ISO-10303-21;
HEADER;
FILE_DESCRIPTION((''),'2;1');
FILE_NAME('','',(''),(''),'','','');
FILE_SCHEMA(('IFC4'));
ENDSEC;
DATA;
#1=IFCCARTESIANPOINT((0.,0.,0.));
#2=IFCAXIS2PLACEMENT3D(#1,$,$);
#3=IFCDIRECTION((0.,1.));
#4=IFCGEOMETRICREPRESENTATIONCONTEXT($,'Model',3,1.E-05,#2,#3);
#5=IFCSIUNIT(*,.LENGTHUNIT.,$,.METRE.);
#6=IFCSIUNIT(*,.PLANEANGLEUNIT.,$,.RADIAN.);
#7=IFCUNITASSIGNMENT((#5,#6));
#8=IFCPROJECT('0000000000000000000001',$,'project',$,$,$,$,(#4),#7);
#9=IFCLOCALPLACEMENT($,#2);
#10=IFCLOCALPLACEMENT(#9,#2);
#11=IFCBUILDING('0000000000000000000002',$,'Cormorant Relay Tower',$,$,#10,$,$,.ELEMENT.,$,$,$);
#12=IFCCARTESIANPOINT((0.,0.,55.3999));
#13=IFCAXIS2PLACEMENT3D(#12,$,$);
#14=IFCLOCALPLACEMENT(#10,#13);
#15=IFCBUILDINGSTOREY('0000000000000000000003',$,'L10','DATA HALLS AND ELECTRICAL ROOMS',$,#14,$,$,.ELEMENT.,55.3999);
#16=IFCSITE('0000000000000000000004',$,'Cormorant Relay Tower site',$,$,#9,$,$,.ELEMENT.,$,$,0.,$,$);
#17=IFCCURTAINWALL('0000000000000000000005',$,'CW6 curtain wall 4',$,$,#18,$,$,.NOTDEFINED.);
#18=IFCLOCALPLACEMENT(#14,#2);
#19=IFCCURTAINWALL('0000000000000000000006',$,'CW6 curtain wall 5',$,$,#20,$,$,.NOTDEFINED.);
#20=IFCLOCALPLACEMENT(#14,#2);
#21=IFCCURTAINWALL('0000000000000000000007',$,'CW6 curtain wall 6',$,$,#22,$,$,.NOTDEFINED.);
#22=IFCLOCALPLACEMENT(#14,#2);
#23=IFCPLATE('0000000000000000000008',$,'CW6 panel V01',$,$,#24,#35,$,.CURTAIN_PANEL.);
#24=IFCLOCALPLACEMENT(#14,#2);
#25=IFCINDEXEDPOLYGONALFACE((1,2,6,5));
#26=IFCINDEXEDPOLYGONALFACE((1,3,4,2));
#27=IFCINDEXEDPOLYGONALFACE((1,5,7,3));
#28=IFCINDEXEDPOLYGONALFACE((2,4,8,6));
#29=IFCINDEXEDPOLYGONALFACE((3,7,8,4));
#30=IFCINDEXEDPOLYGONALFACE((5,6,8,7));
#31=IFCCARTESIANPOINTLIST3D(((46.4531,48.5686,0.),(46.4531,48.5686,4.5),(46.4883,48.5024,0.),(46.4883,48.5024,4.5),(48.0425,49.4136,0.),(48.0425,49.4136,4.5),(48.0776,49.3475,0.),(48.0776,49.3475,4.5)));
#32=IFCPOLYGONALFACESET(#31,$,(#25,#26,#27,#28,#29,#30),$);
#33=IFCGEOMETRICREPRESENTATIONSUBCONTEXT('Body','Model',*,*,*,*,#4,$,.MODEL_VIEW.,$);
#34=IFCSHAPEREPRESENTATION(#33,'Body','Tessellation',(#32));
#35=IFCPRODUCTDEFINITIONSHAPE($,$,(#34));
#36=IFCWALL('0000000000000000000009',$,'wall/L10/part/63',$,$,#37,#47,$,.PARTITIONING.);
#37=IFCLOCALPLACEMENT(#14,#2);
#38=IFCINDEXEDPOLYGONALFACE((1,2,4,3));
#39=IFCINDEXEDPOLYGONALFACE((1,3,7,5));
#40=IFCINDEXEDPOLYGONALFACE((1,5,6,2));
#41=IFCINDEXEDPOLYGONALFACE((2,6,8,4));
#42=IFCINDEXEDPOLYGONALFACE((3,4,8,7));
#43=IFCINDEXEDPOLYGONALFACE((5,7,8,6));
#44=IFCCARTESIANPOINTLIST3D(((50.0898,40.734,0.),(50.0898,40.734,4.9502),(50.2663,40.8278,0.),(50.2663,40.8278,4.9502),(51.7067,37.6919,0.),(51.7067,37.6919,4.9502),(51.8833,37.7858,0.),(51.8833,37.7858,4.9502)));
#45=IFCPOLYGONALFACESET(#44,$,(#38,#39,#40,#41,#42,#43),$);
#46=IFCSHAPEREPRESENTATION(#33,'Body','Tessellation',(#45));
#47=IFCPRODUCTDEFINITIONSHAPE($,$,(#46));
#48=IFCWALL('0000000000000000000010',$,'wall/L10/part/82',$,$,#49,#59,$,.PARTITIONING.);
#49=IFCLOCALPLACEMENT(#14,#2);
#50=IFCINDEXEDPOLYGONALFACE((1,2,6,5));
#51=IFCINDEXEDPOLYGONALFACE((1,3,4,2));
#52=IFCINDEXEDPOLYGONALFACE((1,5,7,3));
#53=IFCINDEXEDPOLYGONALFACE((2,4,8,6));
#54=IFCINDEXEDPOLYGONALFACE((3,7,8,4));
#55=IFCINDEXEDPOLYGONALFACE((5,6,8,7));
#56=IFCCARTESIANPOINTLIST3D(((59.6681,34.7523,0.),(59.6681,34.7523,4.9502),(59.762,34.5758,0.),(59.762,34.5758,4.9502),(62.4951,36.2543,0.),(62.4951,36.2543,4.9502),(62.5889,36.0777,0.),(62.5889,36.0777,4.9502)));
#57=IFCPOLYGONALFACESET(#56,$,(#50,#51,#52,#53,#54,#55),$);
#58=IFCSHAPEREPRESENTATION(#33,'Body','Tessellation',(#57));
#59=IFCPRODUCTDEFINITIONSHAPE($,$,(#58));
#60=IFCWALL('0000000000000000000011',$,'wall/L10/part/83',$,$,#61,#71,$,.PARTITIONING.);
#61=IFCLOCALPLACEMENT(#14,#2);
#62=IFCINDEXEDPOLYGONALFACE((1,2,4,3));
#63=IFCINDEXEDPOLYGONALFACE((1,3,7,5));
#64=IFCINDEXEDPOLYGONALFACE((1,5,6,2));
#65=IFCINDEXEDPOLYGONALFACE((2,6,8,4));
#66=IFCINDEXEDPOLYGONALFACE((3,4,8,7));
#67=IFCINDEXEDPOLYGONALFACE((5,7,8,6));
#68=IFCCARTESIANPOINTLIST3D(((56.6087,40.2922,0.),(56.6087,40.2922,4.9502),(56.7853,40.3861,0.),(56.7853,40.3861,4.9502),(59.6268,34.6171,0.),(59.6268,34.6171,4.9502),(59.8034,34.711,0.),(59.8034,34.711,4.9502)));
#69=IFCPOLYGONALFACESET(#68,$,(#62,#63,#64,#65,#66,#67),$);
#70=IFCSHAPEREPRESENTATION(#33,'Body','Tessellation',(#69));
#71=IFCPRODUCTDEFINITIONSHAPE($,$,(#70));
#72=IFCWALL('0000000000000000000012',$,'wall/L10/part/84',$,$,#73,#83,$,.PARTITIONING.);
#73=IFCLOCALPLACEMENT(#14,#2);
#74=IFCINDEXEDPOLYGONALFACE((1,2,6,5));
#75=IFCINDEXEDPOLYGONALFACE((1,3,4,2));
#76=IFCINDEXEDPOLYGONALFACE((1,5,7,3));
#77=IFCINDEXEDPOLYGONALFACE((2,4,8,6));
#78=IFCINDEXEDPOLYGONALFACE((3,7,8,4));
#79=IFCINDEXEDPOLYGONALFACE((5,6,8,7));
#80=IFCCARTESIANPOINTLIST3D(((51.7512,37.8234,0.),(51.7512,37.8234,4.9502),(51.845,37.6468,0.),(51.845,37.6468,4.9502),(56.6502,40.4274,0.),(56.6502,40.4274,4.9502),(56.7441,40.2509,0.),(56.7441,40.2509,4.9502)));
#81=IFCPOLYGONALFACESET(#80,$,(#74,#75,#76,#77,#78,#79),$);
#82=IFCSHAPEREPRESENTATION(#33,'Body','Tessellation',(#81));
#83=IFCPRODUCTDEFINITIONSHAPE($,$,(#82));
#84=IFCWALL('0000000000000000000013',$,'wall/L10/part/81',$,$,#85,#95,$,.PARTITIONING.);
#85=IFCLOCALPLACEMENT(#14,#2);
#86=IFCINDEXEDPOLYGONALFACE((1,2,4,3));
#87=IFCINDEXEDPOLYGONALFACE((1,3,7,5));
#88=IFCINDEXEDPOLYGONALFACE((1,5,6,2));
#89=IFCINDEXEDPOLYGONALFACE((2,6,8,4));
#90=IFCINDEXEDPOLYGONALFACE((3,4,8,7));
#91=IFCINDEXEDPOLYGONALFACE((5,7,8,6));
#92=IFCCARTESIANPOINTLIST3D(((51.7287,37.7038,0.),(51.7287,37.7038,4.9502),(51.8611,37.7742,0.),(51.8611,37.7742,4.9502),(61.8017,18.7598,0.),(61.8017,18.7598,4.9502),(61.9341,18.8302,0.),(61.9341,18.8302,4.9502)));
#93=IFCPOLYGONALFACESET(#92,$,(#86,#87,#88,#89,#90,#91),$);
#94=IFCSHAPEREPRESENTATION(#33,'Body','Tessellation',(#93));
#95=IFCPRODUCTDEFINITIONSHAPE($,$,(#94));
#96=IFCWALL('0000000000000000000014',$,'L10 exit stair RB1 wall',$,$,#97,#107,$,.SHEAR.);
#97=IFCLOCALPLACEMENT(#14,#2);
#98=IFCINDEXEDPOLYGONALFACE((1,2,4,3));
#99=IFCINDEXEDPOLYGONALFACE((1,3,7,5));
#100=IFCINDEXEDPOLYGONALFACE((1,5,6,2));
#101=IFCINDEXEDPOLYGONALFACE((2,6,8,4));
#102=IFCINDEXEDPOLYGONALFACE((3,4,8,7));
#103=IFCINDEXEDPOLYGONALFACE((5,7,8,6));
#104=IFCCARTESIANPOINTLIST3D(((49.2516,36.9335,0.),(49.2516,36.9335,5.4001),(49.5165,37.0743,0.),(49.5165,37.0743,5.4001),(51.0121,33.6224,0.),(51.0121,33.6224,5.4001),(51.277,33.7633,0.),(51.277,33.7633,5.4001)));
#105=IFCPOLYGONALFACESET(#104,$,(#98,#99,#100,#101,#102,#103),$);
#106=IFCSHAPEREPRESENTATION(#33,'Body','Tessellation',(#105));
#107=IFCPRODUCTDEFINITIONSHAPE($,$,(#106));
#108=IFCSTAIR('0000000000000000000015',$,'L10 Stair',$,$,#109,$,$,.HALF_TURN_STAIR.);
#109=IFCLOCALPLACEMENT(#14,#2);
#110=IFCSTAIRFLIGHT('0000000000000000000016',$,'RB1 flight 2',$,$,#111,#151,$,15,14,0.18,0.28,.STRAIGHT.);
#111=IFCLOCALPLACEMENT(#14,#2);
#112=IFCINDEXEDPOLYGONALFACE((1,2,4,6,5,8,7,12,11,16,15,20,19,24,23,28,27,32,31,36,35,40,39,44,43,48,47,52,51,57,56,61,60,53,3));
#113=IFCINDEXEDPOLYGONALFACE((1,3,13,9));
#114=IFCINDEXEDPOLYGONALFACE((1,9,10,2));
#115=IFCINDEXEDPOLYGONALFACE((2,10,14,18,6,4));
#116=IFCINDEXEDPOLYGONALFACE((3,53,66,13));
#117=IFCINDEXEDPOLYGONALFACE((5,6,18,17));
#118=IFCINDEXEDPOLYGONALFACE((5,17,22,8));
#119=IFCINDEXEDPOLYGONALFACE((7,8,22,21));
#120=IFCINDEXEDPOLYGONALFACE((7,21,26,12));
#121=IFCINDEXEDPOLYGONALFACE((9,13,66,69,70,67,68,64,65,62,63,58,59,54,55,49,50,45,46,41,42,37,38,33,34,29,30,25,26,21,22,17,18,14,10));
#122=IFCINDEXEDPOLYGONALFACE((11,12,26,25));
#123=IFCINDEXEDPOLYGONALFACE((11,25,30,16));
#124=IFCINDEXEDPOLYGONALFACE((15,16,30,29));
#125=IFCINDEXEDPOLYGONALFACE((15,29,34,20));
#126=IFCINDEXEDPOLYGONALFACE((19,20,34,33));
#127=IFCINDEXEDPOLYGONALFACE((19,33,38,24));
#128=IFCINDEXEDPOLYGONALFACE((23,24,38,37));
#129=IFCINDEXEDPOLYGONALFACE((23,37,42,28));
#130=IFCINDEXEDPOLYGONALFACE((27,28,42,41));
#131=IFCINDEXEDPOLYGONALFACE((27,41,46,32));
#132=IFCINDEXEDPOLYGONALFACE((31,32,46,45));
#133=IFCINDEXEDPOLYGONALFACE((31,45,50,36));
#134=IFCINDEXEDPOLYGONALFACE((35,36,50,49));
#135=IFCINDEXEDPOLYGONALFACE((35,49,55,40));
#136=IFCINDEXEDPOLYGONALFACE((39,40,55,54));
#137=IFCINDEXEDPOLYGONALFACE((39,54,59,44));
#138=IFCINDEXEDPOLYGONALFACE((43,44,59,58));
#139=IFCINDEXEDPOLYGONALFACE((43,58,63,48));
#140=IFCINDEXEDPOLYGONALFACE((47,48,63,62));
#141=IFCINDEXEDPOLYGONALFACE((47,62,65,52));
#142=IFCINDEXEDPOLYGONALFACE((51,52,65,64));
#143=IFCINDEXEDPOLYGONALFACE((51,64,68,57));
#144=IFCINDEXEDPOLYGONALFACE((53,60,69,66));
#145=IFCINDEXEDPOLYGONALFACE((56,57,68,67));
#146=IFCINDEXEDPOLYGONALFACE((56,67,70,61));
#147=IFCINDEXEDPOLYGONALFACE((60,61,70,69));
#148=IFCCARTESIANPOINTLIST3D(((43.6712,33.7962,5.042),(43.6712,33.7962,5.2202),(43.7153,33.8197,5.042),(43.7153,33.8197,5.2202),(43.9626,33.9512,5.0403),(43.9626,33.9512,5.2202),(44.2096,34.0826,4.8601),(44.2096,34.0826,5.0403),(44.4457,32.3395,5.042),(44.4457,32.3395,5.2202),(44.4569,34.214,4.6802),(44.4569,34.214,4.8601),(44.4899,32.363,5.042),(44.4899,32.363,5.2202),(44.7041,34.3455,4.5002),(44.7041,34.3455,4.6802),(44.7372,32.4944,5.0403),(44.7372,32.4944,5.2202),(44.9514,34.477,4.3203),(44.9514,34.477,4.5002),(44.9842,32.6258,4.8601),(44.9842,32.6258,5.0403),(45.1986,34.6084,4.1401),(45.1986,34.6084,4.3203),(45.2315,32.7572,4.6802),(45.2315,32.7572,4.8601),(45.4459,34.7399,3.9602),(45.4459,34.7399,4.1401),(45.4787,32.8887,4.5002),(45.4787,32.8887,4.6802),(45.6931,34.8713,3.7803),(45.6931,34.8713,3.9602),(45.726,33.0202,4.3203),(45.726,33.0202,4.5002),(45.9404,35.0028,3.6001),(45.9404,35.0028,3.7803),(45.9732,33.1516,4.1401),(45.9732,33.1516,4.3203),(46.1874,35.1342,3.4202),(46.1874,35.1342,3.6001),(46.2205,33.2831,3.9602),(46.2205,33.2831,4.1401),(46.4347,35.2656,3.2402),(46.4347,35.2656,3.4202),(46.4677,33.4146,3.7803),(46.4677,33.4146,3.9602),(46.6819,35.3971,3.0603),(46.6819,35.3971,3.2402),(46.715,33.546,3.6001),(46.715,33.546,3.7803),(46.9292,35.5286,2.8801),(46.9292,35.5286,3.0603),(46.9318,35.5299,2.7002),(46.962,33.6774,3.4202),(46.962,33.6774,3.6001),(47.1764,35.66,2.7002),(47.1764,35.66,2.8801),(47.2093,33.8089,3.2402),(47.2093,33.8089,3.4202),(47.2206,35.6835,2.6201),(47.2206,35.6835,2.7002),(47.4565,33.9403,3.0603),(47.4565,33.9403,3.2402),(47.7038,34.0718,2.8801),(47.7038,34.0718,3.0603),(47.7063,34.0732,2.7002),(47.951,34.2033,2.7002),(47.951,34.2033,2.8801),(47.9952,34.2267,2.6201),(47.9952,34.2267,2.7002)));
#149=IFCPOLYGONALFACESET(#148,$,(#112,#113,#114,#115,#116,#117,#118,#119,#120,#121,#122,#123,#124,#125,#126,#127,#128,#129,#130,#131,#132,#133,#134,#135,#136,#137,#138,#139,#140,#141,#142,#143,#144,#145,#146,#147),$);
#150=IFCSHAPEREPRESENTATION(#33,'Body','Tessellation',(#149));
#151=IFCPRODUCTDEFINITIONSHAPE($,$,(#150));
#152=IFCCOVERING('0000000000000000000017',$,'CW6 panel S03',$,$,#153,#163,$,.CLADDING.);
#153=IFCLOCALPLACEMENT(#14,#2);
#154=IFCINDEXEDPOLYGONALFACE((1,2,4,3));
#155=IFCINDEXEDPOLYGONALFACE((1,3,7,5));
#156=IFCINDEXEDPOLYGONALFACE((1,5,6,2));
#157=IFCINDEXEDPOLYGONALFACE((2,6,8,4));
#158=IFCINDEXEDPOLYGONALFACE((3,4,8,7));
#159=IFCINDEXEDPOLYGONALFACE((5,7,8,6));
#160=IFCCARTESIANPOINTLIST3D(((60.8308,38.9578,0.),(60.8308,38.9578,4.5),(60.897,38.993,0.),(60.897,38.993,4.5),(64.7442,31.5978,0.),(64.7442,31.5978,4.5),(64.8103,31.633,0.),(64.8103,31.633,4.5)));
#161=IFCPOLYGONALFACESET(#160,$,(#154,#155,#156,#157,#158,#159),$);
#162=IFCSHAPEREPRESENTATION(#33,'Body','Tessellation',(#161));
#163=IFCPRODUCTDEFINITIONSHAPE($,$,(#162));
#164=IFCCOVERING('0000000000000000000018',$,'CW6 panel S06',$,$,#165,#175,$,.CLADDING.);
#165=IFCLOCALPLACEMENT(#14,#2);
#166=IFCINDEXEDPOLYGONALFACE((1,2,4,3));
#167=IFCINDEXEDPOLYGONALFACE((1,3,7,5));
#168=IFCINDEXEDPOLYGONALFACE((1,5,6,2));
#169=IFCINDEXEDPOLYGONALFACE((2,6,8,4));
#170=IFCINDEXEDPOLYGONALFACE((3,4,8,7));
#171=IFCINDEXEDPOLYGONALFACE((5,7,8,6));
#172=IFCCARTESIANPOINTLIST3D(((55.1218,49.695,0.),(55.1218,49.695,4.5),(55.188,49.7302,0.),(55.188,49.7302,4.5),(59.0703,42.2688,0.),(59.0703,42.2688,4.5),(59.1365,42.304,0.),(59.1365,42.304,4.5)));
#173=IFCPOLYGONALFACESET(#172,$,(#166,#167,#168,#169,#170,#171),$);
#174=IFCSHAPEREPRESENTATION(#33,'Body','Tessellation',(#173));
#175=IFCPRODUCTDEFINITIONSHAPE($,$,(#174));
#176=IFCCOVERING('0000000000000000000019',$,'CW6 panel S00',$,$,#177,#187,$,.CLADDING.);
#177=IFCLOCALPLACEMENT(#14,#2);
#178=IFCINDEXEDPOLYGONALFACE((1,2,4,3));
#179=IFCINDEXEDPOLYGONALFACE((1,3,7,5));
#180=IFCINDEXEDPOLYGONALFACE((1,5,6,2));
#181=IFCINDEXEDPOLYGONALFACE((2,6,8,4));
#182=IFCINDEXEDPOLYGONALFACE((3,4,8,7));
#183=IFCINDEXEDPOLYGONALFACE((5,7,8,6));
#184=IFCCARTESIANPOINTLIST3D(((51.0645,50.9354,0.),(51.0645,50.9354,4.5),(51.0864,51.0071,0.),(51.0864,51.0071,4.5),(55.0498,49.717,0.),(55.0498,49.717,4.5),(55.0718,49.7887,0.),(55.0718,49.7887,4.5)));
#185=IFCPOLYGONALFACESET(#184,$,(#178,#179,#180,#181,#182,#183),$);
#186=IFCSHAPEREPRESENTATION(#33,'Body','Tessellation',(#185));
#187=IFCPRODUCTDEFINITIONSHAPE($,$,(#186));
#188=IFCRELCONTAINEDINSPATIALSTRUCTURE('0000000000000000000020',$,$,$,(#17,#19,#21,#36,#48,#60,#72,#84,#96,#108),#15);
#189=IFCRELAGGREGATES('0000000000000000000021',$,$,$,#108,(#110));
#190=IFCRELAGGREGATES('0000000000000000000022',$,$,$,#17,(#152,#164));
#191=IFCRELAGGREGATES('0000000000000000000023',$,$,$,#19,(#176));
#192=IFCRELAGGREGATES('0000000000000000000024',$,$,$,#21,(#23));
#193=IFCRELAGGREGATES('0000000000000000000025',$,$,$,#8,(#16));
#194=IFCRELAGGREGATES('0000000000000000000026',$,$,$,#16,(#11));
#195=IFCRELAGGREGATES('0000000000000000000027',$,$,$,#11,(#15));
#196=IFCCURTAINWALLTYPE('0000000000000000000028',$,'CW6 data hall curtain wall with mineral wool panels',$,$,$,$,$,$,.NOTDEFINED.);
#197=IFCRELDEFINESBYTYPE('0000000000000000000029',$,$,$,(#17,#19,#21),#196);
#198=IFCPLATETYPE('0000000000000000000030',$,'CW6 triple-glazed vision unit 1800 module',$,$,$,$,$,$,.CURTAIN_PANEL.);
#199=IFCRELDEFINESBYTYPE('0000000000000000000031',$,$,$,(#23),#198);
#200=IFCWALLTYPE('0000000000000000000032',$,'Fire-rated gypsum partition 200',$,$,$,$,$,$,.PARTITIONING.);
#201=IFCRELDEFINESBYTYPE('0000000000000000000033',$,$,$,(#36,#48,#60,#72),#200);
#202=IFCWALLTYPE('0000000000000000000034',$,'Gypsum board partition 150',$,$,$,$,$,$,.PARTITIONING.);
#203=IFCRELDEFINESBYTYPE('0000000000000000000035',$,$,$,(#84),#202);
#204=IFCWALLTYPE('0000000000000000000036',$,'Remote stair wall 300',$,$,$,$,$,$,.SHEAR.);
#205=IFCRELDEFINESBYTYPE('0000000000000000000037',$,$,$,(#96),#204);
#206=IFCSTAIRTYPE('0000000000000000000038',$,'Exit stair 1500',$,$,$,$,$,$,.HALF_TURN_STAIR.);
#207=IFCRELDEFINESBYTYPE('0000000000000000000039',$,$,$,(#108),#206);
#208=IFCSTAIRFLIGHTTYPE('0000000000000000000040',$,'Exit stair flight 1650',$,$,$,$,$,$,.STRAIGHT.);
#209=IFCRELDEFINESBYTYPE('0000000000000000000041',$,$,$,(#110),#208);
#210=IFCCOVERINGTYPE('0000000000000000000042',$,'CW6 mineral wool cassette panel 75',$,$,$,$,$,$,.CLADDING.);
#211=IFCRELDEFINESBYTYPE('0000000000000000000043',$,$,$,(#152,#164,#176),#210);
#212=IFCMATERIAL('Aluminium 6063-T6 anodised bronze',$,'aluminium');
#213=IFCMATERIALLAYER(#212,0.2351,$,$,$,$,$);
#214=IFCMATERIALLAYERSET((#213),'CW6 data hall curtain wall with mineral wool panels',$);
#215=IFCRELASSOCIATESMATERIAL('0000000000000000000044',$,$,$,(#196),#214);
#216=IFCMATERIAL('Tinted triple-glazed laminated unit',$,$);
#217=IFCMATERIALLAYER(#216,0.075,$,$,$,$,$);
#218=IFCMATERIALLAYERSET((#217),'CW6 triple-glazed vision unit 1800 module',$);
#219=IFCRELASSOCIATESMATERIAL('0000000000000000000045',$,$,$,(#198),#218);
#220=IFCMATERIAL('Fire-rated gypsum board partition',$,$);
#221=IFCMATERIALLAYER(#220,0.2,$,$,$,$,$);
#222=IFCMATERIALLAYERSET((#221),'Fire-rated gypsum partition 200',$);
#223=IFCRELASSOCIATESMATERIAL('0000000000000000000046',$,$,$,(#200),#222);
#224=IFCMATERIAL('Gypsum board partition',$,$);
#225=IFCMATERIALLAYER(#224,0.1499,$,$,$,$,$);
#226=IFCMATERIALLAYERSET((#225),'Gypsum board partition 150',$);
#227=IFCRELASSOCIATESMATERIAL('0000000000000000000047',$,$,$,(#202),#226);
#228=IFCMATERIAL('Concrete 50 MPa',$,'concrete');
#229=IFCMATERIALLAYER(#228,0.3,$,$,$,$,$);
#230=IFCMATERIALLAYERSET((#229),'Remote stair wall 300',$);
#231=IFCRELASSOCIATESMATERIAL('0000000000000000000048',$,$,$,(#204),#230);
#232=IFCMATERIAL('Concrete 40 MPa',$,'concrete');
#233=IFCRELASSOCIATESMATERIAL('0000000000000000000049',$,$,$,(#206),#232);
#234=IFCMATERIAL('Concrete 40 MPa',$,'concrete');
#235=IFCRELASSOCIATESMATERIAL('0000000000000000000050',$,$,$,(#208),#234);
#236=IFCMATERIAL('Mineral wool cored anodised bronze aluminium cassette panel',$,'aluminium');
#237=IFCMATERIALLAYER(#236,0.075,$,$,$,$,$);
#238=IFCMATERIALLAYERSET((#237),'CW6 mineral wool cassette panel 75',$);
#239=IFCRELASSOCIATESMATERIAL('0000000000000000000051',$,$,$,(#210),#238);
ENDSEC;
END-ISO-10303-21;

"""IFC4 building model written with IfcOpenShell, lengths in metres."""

from ifc_helpers import new_model, si_unit, direction, frame, frame_2d, origin, origin_2d, place, context, subcontext, project, spatial, polyline, rectangle, outline, extrude, material, layer, layer_set, type_object, element, aggregate, save


model = new_model("IFC4")

# Units and contexts
model_context = context("Model", 3, precision=1e-05, world=origin(), true_north=direction((0.0, 1.0)))
body_context = subcontext(model_context, "Body", "Model", "MODEL_VIEW")
ifc_project = project(units=[si_unit("LENGTHUNIT", "METRE"), si_unit("PLANEANGLEUNIT", "RADIAN")], contexts=[model_context])

# Site, building, storey
site_placement = place(None, origin())
site = spatial("IfcSite", under=ifc_project, at=site_placement, Name="Cormorant Relay Tower site", CompositionType="ELEMENT", RefElevation=0.0)
building_placement = place(site_placement, origin())
building = spatial("IfcBuilding", under=site, at=building_placement, Name="Cormorant Relay Tower", CompositionType="ELEMENT")
storey_placement = place(building_placement, frame((0.0, 0.0, 55.3999)))
storey = spatial("IfcBuildingStorey", under=building, at=storey_placement, Name="L10", Description="DATA HALLS AND ELECTRICAL ROOMS", CompositionType="ELEMENT", Elevation=55.3999)

# Curtain wall
ifc_material_1 = material(Name="Aluminium 6063-T6 anodised bronze", Category="aluminium")
ifc_layer_1 = layer(ifc_material_1, 0.2351)
ifc_layer_set_1 = layer_set([ifc_layer_1], Name="CW6 data hall curtain wall with mineral wool panels")
curtain_wall_type = type_object("IfcCurtainWallType", Name="CW6 data hall curtain wall with mineral wool panels", PredefinedType="NOTDEFINED", material=ifc_layer_set_1)
curtain_wall_1_placement = place(storey_placement, origin())
curtain_wall_1 = element("IfcCurtainWall", 1, at=curtain_wall_1_placement, inside=storey, type_object=curtain_wall_type, Name="CW6 curtain wall 4", PredefinedType="NOTDEFINED")

# Curtain wall
curtain_wall_2_placement = place(storey_placement, origin())
curtain_wall_2 = element("IfcCurtainWall", 2, at=curtain_wall_2_placement, inside=storey, type_object=curtain_wall_type, Name="CW6 curtain wall 5", PredefinedType="NOTDEFINED")

# Curtain wall
curtain_wall_3_placement = place(storey_placement, origin())
curtain_wall_3 = element("IfcCurtainWall", 3, at=curtain_wall_3_placement, inside=storey, type_object=curtain_wall_type, Name="CW6 curtain wall 6", PredefinedType="NOTDEFINED")

# Plate
ifc_material_2 = material(Name="Tinted triple-glazed laminated unit")
ifc_layer_2 = layer(ifc_material_2, 0.075)
ifc_layer_set_2 = layer_set([ifc_layer_2], Name="CW6 triple-glazed vision unit 1800 module")
plate_type = type_object("IfcPlateType", Name="CW6 triple-glazed vision unit 1800 module", PredefinedType="CURTAIN_PANEL", material=ifc_layer_set_2)
plate_1_placement = place(storey_placement, frame((47.2654, 48.958, 0.0), z_axis=(0.0, 0.0, 1.0), x_axis=(-0.882948, -0.469472, 0.0)))
plate_1 = element("IfcPlate", 4, at=plate_1_placement, type_object=plate_type, Name="CW6 panel V01", PredefinedType="CURTAIN_PANEL", context=body_context, shape_type="SweptSolid", body=[
    extrude(rectangle(XDim=1.8, YDim=0.075, at=origin_2d()), origin(), (0.0, 0.0, 1.0), 4.5),
])

# Walls
ifc_material_3 = material(Name="Fire-rated gypsum board partition")
ifc_layer_3 = layer(ifc_material_3, 0.2)
ifc_layer_set_3 = layer_set([ifc_layer_3], Name="Fire-rated gypsum partition 200")
wall_type_1 = type_object("IfcWallType", Name="Fire-rated gypsum partition 200", PredefinedType="PARTITIONING", material=ifc_layer_set_3)
wall_1_placement = place(storey_placement, frame((50.178, 40.781, 0.0), z_axis=(0.0, 0.0, 1.0), x_axis=(0.469356, -0.883009, 0.0)))
element("IfcWall", 5, at=wall_1_placement, inside=storey, type_object=wall_type_1, Name="wall/L10/part/63", PredefinedType="PARTITIONING", context=body_context, shape_type="SweptSolid", body=[
    extrude(rectangle(XDim=3.4451, YDim=0.2, at=frame_2d((1.7227, 0.0))), origin(), (0.0, 0.0, 1.0), 4.9502),
])
wall_2_placement = place(storey_placement, frame((62.542, 36.166, 0.0), z_axis=(0.0, 0.0, 1.0), x_axis=(-0.883095, -0.469194, 0.0)))
element("IfcWall", 6, at=wall_2_placement, inside=storey, type_object=wall_type_1, Name="wall/L10/part/82", PredefinedType="PARTITIONING", context=body_context, shape_type="SweptSolid", body=[
    extrude(rectangle(XDim=3.2012, YDim=0.2, at=frame_2d((1.6006, 0.0))), origin(), (0.0, 0.0, 1.0), 4.9502),
])
wall_3_placement = place(storey_placement, frame((59.7151, 34.6641, 0.0), z_axis=(0.0, 0.0, 1.0), x_axis=(-0.469543, 0.88291, 0.0)))
element("IfcWall", 7, at=wall_3_placement, inside=storey, type_object=wall_type_1, Name="wall/L10/part/83", PredefinedType="PARTITIONING", context=body_context, shape_type="SweptSolid", body=[
    extrude(rectangle(XDim=6.4277, YDim=0.2, at=frame_2d((3.2139, 0.0))), origin(), (0.0, 0.0, 1.0), 4.9502),
])
wall_4_placement = place(storey_placement, frame((56.697, 40.3391, 0.0), z_axis=(0.0, 0.0, 1.0), x_axis=(-0.883007, -0.469359, 0.0)))
element("IfcWall", 8, at=wall_4_placement, inside=storey, type_object=wall_type_1, Name="wall/L10/part/84", PredefinedType="PARTITIONING", context=body_context, shape_type="SweptSolid", body=[
    extrude(rectangle(XDim=5.5481, YDim=0.2, at=frame_2d((2.7739, 0.0))), origin(), (0.0, 0.0, 1.0), 4.9502),
])
ifc_material_4 = material(Name="Gypsum board partition")
ifc_layer_4 = layer(ifc_material_4, 0.1499)
ifc_layer_set_4 = layer_set([ifc_layer_4], Name="Gypsum board partition 150")
wall_type_2 = type_object("IfcWallType", Name="Gypsum board partition 150", PredefinedType="PARTITIONING", material=ifc_layer_set_4)
wall_5_placement = place(storey_placement, frame((51.7949, 37.739, 0.0), z_axis=(0.0, 0.0, 1.0), x_axis=(0.46948, -0.882943, 0.0)))
element("IfcWall", 9, at=wall_5_placement, inside=storey, type_object=wall_type_2, Name="wall/L10/part/81", PredefinedType="PARTITIONING", context=body_context, shape_type="SweptSolid", body=[
    extrude(rectangle(XDim=21.4556, YDim=0.1499, at=frame_2d((10.7278, 0.0))), origin(), (0.0, 0.0, 1.0), 4.9502),
])
ifc_material_5 = material(Name="Concrete 50 MPa", Category="concrete")
ifc_layer_5 = layer(ifc_material_5, 0.3)
ifc_layer_set_5 = layer_set([ifc_layer_5], Name="Remote stair wall 300")
wall_type_3 = type_object("IfcWallType", Name="Remote stair wall 300", PredefinedType="SHEAR", material=ifc_layer_set_5)
wall_6_placement = place(storey_placement, frame((49.384, 37.0039, 0.0), z_axis=(0.0, 0.0, 1.0), x_axis=(0.469469, -0.882949, 0.0)))
element("IfcWall", 10, at=wall_6_placement, inside=storey, type_object=wall_type_3, Name="L10 exit stair RB1 wall", PredefinedType="SHEAR", context=body_context, shape_type="SweptSolid", body=[
    extrude(rectangle(XDim=3.75, YDim=0.3, at=frame_2d((1.875, 0.0))), origin(), (0.0, 0.0, 1.0), 5.4001),
])

# Stair, stair flight
ifc_material_6 = material(Name="Concrete 40 MPa", Category="concrete")
stair_type = type_object("IfcStairType", Name="Exit stair 1500", PredefinedType="HALF_TURN_STAIR", material=ifc_material_6)
stair_placement = place(storey_placement, origin())
stair = element("IfcStair", 11, at=stair_placement, inside=storey, type_object=stair_type, Name="L10 Stair", PredefinedType="HALF_TURN_STAIR")
ifc_material_7 = material(Name="Concrete 40 MPa", Category="concrete")
stair_flight_type = type_object("IfcStairFlightType", Name="Exit stair flight 1650", PredefinedType="STRAIGHT", material=ifc_material_7)
stair_flight_placement = place(storey_placement, frame((47.5637, 34.9316, 2.7002), z_axis=(0.0, 0.0, 1.0), x_axis=(-0.882948, -0.469472, 0.0)))
stair_flight = element("IfcStairFlight", 12, at=stair_flight_placement, type_object=stair_flight_type, Name="RB1 flight 2", NumberOfRisers=15, NumberOfTreads=14, PredefinedType="STRAIGHT", RiserHeight=0.18, TreadLength=0.28, context=body_context, shape_type="SweptSolid", body=[
    extrude(outline(polyline([(-0.05, -0.0801), (-0.05, 0.0), (0.0, 0.0), (0.0, 0.1799), (0.28, 0.1799), (0.28, 0.3601), (0.5601, 0.3601), (0.5601, 0.54), (0.8401, 0.54), (0.8401, 0.72), (1.1201, 0.72), (1.1201, 0.8999), (1.3999, 0.8999), (1.3999, 1.0801), (1.6799, 1.0801), (1.6799, 1.26), (1.96, 1.26), (1.96, 1.4399), (2.24, 1.4399), (2.24, 1.6201), (2.52, 1.6201), (2.52, 1.8), (2.8, 1.8), (2.8, 1.98), (3.0801, 1.98), (3.0801, 2.1599), (3.3601, 2.1599), (3.3601, 2.3401), (3.6399, 2.3401), (3.6399, 2.52), (3.9199, 2.52), (3.97, 2.52), (3.97, 2.3418), (3.9199, 2.3418), (0.2771, 0.0), (-0.05, -0.0801)])), frame((0.0, 0.825, 0.0), z_axis=(0.0, -1.0, 0.0), x_axis=(1.0, 0.0, 0.0)), (0.0, 0.0, 1.0), 1.6499),
])
aggregate(stair, [stair_flight])

# Coverings
ifc_material_8 = material(Name="Mineral wool cored anodised bronze aluminium cassette panel", Category="aluminium")
ifc_layer_6 = layer(ifc_material_8, 0.075)
ifc_layer_set_6 = layer_set([ifc_layer_6], Name="CW6 mineral wool cassette panel 75")
covering_type = type_object("IfcCoveringType", Name="CW6 mineral wool cassette panel 75", PredefinedType="CLADDING", material=ifc_layer_set_6)
covering_1_placement = place(storey_placement, frame((62.8206, 35.2954, 0.0), z_axis=(0.0, 0.0, 1.0), x_axis=(-0.469472, 0.882948, 0.0)))
covering_1 = element("IfcCovering", 13, at=covering_1_placement, type_object=covering_type, Name="CW6 panel S03", PredefinedType="CLADDING", context=body_context, shape_type="SweptSolid", body=[
    extrude(rectangle(XDim=8.3357, YDim=0.075, at=origin_2d()), origin(), (0.0, 0.0, 1.0), 4.5),
])
covering_2_placement = place(storey_placement, frame((57.1292, 45.9995, 0.0), z_axis=(0.0, 0.0, 1.0), x_axis=(-0.469472, 0.882948, 0.0)))
covering_2 = element("IfcCovering", 14, at=covering_2_placement, type_object=covering_type, Name="CW6 panel S06", PredefinedType="CLADDING", context=body_context, shape_type="SweptSolid", body=[
    extrude(rectangle(XDim=8.4106, YDim=0.075, at=origin_2d()), origin(), (0.0, 0.0, 1.0), 4.5),
])
aggregate(curtain_wall_1, [covering_1, covering_2])
covering_3_placement = place(storey_placement, frame((53.0681, 50.3621, 0.0), z_axis=(0.0, 0.0, 1.0), x_axis=(-0.956305, 0.292372, 0.0)))
covering_3 = element("IfcCovering", 15, at=covering_3_placement, type_object=covering_type, Name="CW6 panel S00", PredefinedType="CLADDING", context=body_context, shape_type="SweptSolid", body=[
    extrude(rectangle(XDim=4.1675, YDim=0.075, at=origin_2d()), origin(), (0.0, 0.0, 1.0), 4.5),
])
aggregate(curtain_wall_2, [covering_3])
aggregate(curtain_wall_3, [plate_1])

save(model, "model.ifc")
